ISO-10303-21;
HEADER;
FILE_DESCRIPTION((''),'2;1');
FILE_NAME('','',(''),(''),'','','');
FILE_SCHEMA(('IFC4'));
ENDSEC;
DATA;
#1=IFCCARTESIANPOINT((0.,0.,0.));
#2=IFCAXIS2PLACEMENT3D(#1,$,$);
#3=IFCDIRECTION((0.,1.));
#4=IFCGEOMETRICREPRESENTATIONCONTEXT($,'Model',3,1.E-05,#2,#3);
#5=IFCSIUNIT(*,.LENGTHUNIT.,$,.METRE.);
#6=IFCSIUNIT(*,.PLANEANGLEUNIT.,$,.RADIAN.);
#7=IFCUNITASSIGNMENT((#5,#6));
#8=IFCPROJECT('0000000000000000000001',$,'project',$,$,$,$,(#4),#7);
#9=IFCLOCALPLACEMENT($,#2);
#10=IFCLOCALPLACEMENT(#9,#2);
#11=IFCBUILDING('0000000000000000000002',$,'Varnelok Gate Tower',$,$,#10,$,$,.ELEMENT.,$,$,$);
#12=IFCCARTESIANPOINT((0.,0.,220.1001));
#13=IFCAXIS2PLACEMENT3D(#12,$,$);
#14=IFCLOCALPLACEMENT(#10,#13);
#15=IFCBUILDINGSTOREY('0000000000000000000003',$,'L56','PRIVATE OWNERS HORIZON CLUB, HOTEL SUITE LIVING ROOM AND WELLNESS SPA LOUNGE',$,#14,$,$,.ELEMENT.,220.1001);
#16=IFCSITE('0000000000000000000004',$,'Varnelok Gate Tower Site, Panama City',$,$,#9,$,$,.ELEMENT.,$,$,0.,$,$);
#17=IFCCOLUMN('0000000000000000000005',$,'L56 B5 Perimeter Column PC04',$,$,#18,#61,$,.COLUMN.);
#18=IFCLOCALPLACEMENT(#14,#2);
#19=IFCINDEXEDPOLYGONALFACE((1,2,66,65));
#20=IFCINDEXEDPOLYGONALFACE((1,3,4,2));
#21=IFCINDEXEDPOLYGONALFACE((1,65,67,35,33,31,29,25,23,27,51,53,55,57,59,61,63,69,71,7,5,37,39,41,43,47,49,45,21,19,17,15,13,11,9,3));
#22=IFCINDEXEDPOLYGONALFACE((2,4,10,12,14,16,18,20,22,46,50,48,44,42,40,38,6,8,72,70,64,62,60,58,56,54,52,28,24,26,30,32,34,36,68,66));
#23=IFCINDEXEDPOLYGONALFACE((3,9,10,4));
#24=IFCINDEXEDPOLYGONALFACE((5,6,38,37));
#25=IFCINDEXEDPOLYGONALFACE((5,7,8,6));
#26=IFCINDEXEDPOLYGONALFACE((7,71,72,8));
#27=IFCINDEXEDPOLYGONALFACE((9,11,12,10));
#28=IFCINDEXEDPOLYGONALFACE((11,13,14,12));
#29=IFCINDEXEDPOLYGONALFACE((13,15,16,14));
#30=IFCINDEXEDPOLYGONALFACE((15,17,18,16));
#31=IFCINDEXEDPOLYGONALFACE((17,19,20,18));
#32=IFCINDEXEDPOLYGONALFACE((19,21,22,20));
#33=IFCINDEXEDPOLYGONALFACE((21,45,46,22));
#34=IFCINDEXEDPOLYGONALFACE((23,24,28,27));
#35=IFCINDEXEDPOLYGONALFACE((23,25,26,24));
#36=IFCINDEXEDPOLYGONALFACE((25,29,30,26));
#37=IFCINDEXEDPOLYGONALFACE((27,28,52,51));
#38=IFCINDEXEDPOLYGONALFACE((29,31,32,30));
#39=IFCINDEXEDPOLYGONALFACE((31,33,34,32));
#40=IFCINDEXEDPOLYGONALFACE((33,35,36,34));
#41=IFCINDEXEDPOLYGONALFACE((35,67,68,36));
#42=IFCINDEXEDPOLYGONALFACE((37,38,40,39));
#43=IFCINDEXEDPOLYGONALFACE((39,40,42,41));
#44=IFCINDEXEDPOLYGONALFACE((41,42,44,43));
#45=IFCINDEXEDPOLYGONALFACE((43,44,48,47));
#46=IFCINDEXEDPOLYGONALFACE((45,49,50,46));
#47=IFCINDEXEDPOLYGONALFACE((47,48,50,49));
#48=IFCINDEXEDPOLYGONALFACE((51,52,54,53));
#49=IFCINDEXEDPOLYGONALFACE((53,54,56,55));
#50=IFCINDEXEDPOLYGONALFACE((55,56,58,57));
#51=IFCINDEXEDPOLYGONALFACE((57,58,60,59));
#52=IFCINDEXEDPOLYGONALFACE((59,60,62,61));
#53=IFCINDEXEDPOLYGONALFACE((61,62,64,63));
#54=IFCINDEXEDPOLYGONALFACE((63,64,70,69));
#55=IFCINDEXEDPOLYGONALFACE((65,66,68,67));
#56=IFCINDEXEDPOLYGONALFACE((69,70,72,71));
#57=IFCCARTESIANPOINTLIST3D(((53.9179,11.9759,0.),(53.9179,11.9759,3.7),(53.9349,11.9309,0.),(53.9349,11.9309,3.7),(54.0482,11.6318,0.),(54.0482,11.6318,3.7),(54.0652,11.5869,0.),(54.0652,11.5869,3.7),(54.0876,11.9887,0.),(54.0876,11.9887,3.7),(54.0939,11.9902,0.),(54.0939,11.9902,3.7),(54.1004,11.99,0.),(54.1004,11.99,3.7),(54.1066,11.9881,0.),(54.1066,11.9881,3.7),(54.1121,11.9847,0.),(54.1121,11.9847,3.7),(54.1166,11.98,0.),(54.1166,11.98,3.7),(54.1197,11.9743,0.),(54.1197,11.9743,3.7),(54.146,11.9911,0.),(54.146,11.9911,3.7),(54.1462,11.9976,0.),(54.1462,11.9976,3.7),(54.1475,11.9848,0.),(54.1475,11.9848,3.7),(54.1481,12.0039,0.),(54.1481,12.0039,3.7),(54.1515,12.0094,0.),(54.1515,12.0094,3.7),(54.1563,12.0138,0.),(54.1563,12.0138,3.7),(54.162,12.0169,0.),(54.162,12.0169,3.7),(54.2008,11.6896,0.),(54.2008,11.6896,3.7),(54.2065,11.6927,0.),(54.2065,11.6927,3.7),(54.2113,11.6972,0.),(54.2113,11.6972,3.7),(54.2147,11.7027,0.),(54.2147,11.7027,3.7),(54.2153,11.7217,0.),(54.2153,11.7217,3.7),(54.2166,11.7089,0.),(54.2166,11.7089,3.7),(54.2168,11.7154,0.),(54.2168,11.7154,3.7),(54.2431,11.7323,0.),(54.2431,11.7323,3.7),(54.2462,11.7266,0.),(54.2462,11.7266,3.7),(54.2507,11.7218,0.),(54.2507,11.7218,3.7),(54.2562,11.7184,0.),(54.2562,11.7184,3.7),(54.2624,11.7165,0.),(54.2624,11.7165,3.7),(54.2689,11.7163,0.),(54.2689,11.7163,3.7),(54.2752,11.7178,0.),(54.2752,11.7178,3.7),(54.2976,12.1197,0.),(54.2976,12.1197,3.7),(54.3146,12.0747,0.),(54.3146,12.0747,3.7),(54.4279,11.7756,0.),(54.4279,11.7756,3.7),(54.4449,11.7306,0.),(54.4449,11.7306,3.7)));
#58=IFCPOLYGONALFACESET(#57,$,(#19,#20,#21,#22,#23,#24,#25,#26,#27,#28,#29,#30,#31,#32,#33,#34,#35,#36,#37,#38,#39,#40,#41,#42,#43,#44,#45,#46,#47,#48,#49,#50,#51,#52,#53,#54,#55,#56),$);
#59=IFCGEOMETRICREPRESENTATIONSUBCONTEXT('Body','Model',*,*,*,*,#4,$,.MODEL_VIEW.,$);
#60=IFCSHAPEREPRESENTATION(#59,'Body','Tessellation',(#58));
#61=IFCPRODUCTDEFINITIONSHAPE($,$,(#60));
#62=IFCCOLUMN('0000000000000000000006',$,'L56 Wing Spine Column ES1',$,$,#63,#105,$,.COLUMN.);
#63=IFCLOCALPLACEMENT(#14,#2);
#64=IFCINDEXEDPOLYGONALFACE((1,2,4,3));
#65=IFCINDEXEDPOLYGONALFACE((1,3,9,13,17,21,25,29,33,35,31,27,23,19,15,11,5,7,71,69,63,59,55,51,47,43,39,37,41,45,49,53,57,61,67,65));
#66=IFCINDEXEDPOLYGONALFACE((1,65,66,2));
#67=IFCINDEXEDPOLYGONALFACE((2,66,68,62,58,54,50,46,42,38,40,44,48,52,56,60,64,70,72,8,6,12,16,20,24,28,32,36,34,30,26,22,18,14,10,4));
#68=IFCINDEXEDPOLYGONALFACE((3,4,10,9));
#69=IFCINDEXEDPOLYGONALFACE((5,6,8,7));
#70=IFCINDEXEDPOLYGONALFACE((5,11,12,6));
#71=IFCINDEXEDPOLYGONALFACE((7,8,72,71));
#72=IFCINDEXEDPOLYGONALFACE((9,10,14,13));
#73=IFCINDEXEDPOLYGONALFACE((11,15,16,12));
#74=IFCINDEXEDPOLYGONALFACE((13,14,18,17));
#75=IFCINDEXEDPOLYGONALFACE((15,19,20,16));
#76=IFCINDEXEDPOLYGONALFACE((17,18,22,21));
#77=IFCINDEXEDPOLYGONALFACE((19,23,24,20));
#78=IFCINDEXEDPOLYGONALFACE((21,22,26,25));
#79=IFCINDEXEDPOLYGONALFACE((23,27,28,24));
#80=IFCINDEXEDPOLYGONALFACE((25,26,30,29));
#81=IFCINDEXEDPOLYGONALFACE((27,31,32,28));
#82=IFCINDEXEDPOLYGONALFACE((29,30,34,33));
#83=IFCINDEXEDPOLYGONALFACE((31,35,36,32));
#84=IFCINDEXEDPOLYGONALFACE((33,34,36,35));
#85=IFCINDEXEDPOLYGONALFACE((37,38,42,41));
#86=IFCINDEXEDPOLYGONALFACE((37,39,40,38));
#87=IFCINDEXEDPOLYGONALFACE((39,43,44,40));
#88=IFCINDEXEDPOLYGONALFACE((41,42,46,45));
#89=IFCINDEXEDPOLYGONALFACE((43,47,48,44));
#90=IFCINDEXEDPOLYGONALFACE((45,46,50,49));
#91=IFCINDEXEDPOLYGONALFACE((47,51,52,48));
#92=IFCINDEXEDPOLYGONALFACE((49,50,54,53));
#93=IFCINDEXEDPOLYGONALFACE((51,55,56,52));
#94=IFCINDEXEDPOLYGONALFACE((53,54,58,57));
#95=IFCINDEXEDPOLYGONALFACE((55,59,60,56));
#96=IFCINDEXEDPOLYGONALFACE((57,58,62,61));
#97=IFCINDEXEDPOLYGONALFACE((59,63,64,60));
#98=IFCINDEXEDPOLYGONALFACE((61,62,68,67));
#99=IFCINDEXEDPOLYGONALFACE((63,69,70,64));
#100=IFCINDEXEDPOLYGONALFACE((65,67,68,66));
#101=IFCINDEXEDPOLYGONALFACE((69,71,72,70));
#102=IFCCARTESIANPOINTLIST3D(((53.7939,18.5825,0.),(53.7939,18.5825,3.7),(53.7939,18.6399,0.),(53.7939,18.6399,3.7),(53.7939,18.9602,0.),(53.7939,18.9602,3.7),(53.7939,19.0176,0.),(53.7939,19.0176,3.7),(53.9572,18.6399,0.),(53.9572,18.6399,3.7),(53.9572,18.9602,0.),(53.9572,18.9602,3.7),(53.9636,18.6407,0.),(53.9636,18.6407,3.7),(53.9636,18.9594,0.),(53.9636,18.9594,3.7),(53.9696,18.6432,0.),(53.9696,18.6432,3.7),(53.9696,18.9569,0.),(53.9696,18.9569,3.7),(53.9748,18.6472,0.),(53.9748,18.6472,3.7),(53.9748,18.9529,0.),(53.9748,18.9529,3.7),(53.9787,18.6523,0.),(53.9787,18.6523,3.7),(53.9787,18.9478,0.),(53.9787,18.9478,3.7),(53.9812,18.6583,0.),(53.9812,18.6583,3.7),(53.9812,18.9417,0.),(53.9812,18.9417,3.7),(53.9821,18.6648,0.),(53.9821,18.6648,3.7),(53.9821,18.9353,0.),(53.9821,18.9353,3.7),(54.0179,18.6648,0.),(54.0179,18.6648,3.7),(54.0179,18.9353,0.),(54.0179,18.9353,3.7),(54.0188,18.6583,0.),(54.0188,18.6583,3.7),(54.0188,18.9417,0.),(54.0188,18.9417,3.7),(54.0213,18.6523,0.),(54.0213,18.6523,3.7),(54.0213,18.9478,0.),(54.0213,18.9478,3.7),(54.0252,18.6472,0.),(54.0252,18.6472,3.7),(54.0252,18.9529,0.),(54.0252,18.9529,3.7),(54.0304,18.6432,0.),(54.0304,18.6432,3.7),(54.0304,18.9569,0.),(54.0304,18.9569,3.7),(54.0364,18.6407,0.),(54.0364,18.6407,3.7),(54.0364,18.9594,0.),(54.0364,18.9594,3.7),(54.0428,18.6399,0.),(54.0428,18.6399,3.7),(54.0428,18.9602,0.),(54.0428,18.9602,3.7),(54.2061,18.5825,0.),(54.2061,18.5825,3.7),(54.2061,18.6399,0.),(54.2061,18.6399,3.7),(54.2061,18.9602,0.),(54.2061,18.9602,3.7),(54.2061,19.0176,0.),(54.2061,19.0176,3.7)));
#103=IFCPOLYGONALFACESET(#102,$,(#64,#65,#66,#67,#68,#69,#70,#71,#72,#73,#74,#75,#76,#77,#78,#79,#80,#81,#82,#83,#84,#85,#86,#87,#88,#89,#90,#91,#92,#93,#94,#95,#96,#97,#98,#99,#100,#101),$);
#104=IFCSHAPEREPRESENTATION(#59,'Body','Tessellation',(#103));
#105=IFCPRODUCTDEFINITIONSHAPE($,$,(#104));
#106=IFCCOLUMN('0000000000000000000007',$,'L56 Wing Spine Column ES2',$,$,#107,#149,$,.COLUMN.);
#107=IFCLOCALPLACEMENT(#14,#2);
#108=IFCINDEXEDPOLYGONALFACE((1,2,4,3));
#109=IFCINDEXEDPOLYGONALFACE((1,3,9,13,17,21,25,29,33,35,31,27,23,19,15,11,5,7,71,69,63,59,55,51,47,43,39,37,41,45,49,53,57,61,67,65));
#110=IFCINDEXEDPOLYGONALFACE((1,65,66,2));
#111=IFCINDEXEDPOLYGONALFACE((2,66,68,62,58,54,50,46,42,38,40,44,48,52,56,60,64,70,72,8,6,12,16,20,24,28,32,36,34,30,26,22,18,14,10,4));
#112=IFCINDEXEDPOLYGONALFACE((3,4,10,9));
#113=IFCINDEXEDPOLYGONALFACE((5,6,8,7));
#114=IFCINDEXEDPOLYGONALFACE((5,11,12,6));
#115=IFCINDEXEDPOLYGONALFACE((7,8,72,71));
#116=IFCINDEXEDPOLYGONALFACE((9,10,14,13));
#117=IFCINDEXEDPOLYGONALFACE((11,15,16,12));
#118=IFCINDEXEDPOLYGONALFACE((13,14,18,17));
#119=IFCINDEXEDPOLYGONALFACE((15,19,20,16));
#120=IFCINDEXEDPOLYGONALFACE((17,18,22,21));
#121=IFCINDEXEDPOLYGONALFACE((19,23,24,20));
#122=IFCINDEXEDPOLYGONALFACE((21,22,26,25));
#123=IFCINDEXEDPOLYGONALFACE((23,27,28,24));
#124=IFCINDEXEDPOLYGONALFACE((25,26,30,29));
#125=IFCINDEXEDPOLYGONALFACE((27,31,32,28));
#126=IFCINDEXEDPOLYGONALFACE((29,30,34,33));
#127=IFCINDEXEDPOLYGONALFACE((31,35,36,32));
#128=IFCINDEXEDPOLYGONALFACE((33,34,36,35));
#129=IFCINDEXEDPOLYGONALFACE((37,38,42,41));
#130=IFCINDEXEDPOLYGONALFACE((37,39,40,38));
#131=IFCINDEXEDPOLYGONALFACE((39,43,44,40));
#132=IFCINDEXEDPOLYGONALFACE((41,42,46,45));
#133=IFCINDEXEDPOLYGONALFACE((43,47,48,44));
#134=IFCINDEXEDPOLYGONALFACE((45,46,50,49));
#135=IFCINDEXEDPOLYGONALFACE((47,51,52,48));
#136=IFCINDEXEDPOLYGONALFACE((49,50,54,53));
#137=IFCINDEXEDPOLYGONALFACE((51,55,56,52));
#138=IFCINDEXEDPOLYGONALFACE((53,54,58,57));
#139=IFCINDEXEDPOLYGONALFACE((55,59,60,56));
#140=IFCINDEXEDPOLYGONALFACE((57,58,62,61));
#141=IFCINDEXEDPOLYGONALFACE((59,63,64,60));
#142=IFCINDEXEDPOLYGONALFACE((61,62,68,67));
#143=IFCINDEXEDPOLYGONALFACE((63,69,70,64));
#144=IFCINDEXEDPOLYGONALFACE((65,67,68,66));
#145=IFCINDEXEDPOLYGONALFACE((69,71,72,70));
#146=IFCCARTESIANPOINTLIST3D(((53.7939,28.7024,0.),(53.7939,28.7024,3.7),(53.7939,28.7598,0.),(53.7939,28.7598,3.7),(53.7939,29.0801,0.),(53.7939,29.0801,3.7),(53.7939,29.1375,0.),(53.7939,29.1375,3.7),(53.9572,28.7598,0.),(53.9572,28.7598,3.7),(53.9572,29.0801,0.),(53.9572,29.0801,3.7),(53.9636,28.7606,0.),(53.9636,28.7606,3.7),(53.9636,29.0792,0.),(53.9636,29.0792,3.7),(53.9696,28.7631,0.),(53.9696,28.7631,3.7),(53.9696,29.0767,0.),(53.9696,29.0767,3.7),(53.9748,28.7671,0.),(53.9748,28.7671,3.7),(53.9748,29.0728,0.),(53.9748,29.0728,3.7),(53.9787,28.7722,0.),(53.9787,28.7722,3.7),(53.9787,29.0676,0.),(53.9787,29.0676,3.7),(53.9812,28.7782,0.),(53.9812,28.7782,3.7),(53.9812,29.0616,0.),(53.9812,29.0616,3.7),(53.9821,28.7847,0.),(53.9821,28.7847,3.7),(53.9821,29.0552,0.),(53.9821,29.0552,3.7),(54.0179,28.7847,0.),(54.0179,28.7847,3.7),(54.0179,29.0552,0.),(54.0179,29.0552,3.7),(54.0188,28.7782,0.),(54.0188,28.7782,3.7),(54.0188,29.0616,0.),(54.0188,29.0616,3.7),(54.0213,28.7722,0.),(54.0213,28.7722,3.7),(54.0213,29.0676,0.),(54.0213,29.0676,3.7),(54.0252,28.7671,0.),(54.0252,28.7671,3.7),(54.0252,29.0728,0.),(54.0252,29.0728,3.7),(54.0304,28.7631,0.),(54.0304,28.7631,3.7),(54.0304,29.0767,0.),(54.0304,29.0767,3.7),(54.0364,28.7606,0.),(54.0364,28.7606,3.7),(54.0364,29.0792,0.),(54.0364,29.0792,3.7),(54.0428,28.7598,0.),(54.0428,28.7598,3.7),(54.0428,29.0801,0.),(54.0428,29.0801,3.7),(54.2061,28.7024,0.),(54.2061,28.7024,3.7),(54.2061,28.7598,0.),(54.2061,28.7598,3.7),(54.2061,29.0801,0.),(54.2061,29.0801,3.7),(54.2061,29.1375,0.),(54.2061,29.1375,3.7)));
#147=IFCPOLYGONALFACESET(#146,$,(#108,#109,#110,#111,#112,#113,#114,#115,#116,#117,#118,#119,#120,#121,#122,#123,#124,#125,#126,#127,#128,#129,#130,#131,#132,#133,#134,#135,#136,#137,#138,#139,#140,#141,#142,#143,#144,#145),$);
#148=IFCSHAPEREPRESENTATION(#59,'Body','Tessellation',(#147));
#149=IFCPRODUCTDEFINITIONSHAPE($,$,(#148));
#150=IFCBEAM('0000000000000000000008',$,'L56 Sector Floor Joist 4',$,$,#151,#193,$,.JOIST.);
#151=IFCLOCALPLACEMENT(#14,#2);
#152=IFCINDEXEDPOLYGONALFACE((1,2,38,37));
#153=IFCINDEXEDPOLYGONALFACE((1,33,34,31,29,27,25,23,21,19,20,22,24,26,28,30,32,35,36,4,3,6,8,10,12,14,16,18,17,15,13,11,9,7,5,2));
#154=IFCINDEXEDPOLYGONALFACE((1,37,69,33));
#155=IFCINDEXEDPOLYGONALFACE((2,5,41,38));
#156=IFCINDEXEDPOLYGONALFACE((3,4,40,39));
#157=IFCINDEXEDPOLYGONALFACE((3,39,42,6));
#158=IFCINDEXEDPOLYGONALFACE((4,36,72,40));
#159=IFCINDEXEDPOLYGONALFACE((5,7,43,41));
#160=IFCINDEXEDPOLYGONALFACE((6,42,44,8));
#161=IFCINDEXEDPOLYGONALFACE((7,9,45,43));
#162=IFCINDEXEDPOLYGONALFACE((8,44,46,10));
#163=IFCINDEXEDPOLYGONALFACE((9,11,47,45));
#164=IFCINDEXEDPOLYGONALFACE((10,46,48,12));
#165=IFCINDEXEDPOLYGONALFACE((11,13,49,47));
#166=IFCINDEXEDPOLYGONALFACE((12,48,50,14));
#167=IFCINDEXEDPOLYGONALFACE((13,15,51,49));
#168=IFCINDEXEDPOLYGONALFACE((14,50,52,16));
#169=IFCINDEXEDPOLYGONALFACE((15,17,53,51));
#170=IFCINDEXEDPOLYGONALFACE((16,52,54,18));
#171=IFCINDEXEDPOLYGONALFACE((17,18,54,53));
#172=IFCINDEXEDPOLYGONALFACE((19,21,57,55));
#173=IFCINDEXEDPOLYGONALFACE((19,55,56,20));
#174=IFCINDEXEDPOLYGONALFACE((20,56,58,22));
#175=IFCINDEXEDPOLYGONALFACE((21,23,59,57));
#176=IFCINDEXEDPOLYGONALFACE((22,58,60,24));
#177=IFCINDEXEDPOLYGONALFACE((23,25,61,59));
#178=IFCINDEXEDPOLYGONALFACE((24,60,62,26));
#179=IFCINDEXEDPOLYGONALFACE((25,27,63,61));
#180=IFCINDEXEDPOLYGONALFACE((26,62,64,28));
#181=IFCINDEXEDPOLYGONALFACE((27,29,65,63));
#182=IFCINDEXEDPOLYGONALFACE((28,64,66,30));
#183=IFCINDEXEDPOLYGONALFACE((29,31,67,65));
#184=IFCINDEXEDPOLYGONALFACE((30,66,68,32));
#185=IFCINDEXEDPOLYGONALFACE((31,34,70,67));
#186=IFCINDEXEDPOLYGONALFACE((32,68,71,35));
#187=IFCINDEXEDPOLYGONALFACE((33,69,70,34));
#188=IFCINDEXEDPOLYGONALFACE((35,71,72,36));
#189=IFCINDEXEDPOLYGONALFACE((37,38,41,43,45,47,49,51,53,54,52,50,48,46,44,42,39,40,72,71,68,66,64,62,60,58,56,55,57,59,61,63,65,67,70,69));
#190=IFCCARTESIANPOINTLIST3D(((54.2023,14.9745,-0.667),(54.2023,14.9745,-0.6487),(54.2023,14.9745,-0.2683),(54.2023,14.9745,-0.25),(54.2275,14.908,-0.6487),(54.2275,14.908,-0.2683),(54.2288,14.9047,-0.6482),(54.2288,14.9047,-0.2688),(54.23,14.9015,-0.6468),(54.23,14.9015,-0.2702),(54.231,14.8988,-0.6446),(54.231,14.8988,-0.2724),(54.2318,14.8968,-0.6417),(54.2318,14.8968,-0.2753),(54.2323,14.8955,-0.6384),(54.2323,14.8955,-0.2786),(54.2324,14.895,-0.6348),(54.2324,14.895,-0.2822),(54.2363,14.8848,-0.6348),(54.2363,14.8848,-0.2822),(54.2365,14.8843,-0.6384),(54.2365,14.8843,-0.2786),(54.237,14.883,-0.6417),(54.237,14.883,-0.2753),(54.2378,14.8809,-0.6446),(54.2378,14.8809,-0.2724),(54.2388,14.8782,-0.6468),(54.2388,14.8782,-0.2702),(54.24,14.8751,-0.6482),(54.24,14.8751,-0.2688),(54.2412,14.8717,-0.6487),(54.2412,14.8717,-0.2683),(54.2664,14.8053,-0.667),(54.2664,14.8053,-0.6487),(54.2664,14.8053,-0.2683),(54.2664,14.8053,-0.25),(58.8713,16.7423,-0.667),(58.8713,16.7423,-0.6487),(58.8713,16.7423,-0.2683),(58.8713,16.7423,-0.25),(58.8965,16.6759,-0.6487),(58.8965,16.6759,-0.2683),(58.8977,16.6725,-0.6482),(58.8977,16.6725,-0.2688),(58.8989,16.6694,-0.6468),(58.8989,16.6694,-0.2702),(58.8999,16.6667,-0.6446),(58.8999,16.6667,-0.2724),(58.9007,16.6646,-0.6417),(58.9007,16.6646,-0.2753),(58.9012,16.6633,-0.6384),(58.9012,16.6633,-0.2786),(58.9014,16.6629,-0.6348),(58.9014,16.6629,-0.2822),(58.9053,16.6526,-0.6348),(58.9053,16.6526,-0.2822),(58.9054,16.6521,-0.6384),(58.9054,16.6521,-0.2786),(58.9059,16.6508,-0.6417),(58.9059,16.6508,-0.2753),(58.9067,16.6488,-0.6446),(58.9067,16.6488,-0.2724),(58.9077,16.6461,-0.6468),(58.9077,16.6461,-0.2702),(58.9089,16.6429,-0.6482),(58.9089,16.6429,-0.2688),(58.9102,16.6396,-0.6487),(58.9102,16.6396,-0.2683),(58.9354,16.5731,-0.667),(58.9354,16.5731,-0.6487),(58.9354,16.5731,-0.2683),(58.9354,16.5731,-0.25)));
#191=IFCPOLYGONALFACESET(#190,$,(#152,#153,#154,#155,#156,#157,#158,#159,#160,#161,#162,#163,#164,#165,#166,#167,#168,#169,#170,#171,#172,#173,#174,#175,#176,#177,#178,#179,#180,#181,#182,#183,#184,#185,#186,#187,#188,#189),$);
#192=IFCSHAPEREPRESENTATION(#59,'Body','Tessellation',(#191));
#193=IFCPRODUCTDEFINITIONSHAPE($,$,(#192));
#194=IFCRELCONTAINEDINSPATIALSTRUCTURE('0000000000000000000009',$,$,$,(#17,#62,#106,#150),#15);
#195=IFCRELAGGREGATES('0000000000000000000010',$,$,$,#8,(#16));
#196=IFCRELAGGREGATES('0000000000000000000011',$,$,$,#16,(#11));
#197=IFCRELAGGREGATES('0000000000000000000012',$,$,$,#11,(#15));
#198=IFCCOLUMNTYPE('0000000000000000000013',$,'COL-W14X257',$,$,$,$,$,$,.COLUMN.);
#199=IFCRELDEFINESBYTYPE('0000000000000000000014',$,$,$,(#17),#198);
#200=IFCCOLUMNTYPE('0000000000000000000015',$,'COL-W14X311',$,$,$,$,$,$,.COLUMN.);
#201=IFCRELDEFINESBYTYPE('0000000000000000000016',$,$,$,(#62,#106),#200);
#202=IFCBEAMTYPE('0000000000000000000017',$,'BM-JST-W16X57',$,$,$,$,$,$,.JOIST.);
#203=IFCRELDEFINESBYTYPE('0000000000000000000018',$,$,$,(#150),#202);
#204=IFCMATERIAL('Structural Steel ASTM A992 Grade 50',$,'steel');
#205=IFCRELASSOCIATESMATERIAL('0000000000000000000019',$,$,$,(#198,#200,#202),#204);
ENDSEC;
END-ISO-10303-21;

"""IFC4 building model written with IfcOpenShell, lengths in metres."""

from ifc_helpers import new_model, si_unit, direction, frame, origin, origin_2d, place, context, subcontext, project, spatial, i_section, extrude, material, material_profile, profile_set, type_object, element, save


model = new_model("IFC4")

# Units and contexts
model_context = context("Model", 3, precision=1e-05, world=origin(), true_north=direction((0.0, 1.0)))
body_context = subcontext(model_context, "Body", "Model", "MODEL_VIEW")
ifc_project = project(units=[si_unit("LENGTHUNIT", "METRE"), si_unit("PLANEANGLEUNIT", "RADIAN")], contexts=[model_context])

# Site, building, storey
site_placement = place(None, origin())
site = spatial("IfcSite", under=ifc_project, at=site_placement, Name="Varnelok Gate Tower Site, Panama City", CompositionType="ELEMENT", RefElevation=0.0)
building_placement = place(site_placement, origin())
building = spatial("IfcBuilding", under=site, at=building_placement, Name="Varnelok Gate Tower", CompositionType="ELEMENT")
storey_placement = place(building_placement, frame((0.0, 0.0, 220.1001)))
storey = spatial("IfcBuildingStorey", under=building, at=storey_placement, Name="L56", Description="PRIVATE OWNERS HORIZON CLUB, HOTEL SUITE LIVING ROOM AND WELLNESS SPA LOUNGE", CompositionType="ELEMENT", Elevation=220.1001)

# Columns
ifc_material_1 = material(Name="Structural Steel ASTM A992 Grade 50", Category="steel")
ifc_material_profile_1 = material_profile(ifc_material_1, i_section(OverallWidth=0.406, OverallDepth=0.416, WebThickness=0.0298, FlangeThickness=0.0481, FilletRadius=0.0249, at=origin_2d()), Name="W14X257")
ifc_profile_set_1 = profile_set([ifc_material_profile_1], Name="Structural Steel ASTM A992 Grade 50")
column_type_1 = type_object("IfcColumnType", Name="COL-W14X257", PredefinedType="COLUMN", material=ifc_profile_set_1)
column_placement = place(storey_placement, frame((54.1814, 11.8533, 0.0), z_axis=(0.0, 0.0, 1.0), x_axis=(0.935222, 0.354063, 0.0)))
element("IfcColumn", 1, at=column_placement, inside=storey, type_object=column_type_1, Name="L56 B5 Perimeter Column PC04", PredefinedType="COLUMN", context=body_context, shape_type="SweptSolid", body=[
    extrude(i_section(OverallWidth=0.406, OverallDepth=0.416, WebThickness=0.0298, FlangeThickness=0.0481, FilletRadius=0.0249, at=origin_2d()), origin(), (0.0, 0.0, 1.0), 3.7),
])
ifc_material_profile_2 = material_profile(ifc_material_1, i_section(OverallWidth=0.4121, OverallDepth=0.4351, WebThickness=0.0359, FlangeThickness=0.0574, FilletRadius=0.0249, at=origin_2d()), Name="W14X311")
ifc_profile_set_2 = profile_set([ifc_material_profile_2], Name="Structural Steel ASTM A992 Grade 50")
column_type_2 = type_object("IfcColumnType", Name="COL-W14X311", PredefinedType="COLUMN", material=ifc_profile_set_2)
for number, where, z_axis, x_axis, name in (
    (2, (54.0, 18.8, 0.0), (0.0, 0.0, 1.0), (1.0, 0.0, 0.0), "L56 Wing Spine Column ES1"),
    (3, (54.0, 28.9199, 0.0), (0.0, 0.0, 1.0), (1.0, 0.0, 0.0), "L56 Wing Spine Column ES2"),
):
    element("IfcColumn", number, at=place(storey_placement, frame(where, z_axis=z_axis, x_axis=x_axis)), inside=storey, type_object=column_type_2, Name=name, PredefinedType="COLUMN", context=body_context, shape_type="SweptSolid", body=[
        extrude(i_section(OverallWidth=0.4121, OverallDepth=0.4351, WebThickness=0.0359, FlangeThickness=0.0574, FilletRadius=0.0249, at=origin_2d()), origin(), (0.0, 0.0, 1.0), 3.7),
    ])

# Beam
ifc_material_profile_3 = material_profile(ifc_material_1, i_section(OverallWidth=0.1809, OverallDepth=0.417, WebThickness=0.011, FlangeThickness=0.0183, FilletRadius=0.0139, at=origin_2d()), Name="W16X57")
ifc_profile_set_3 = profile_set([ifc_material_profile_3], Name="Structural Steel ASTM A992 Grade 50")
beam_type_1 = type_object("IfcBeamType", Name="BM-JST-W16X57", PredefinedType="JOIST", material=ifc_profile_set_3)
beam_1_placement = place(storey_placement, frame((54.2344, 14.8899, -0.4585), z_axis=(0.935207, 0.354101, 0.0), x_axis=(-0.354101, 0.935207, 0.0)))
element("IfcBeam", 4, at=beam_1_placement, inside=storey, type_object=beam_type_1, Name="L56 Sector Floor Joist 4", PredefinedType="JOIST", context=body_context, shape_type="SweptSolid", body=[
    extrude(i_section(OverallWidth=0.1809, OverallDepth=0.417, WebThickness=0.011, FlangeThickness=0.0183, FilletRadius=0.0139, at=origin_2d()), origin(), (0.0, 0.0, 1.0), 4.9924),
])

save(model, "model.ifc")
